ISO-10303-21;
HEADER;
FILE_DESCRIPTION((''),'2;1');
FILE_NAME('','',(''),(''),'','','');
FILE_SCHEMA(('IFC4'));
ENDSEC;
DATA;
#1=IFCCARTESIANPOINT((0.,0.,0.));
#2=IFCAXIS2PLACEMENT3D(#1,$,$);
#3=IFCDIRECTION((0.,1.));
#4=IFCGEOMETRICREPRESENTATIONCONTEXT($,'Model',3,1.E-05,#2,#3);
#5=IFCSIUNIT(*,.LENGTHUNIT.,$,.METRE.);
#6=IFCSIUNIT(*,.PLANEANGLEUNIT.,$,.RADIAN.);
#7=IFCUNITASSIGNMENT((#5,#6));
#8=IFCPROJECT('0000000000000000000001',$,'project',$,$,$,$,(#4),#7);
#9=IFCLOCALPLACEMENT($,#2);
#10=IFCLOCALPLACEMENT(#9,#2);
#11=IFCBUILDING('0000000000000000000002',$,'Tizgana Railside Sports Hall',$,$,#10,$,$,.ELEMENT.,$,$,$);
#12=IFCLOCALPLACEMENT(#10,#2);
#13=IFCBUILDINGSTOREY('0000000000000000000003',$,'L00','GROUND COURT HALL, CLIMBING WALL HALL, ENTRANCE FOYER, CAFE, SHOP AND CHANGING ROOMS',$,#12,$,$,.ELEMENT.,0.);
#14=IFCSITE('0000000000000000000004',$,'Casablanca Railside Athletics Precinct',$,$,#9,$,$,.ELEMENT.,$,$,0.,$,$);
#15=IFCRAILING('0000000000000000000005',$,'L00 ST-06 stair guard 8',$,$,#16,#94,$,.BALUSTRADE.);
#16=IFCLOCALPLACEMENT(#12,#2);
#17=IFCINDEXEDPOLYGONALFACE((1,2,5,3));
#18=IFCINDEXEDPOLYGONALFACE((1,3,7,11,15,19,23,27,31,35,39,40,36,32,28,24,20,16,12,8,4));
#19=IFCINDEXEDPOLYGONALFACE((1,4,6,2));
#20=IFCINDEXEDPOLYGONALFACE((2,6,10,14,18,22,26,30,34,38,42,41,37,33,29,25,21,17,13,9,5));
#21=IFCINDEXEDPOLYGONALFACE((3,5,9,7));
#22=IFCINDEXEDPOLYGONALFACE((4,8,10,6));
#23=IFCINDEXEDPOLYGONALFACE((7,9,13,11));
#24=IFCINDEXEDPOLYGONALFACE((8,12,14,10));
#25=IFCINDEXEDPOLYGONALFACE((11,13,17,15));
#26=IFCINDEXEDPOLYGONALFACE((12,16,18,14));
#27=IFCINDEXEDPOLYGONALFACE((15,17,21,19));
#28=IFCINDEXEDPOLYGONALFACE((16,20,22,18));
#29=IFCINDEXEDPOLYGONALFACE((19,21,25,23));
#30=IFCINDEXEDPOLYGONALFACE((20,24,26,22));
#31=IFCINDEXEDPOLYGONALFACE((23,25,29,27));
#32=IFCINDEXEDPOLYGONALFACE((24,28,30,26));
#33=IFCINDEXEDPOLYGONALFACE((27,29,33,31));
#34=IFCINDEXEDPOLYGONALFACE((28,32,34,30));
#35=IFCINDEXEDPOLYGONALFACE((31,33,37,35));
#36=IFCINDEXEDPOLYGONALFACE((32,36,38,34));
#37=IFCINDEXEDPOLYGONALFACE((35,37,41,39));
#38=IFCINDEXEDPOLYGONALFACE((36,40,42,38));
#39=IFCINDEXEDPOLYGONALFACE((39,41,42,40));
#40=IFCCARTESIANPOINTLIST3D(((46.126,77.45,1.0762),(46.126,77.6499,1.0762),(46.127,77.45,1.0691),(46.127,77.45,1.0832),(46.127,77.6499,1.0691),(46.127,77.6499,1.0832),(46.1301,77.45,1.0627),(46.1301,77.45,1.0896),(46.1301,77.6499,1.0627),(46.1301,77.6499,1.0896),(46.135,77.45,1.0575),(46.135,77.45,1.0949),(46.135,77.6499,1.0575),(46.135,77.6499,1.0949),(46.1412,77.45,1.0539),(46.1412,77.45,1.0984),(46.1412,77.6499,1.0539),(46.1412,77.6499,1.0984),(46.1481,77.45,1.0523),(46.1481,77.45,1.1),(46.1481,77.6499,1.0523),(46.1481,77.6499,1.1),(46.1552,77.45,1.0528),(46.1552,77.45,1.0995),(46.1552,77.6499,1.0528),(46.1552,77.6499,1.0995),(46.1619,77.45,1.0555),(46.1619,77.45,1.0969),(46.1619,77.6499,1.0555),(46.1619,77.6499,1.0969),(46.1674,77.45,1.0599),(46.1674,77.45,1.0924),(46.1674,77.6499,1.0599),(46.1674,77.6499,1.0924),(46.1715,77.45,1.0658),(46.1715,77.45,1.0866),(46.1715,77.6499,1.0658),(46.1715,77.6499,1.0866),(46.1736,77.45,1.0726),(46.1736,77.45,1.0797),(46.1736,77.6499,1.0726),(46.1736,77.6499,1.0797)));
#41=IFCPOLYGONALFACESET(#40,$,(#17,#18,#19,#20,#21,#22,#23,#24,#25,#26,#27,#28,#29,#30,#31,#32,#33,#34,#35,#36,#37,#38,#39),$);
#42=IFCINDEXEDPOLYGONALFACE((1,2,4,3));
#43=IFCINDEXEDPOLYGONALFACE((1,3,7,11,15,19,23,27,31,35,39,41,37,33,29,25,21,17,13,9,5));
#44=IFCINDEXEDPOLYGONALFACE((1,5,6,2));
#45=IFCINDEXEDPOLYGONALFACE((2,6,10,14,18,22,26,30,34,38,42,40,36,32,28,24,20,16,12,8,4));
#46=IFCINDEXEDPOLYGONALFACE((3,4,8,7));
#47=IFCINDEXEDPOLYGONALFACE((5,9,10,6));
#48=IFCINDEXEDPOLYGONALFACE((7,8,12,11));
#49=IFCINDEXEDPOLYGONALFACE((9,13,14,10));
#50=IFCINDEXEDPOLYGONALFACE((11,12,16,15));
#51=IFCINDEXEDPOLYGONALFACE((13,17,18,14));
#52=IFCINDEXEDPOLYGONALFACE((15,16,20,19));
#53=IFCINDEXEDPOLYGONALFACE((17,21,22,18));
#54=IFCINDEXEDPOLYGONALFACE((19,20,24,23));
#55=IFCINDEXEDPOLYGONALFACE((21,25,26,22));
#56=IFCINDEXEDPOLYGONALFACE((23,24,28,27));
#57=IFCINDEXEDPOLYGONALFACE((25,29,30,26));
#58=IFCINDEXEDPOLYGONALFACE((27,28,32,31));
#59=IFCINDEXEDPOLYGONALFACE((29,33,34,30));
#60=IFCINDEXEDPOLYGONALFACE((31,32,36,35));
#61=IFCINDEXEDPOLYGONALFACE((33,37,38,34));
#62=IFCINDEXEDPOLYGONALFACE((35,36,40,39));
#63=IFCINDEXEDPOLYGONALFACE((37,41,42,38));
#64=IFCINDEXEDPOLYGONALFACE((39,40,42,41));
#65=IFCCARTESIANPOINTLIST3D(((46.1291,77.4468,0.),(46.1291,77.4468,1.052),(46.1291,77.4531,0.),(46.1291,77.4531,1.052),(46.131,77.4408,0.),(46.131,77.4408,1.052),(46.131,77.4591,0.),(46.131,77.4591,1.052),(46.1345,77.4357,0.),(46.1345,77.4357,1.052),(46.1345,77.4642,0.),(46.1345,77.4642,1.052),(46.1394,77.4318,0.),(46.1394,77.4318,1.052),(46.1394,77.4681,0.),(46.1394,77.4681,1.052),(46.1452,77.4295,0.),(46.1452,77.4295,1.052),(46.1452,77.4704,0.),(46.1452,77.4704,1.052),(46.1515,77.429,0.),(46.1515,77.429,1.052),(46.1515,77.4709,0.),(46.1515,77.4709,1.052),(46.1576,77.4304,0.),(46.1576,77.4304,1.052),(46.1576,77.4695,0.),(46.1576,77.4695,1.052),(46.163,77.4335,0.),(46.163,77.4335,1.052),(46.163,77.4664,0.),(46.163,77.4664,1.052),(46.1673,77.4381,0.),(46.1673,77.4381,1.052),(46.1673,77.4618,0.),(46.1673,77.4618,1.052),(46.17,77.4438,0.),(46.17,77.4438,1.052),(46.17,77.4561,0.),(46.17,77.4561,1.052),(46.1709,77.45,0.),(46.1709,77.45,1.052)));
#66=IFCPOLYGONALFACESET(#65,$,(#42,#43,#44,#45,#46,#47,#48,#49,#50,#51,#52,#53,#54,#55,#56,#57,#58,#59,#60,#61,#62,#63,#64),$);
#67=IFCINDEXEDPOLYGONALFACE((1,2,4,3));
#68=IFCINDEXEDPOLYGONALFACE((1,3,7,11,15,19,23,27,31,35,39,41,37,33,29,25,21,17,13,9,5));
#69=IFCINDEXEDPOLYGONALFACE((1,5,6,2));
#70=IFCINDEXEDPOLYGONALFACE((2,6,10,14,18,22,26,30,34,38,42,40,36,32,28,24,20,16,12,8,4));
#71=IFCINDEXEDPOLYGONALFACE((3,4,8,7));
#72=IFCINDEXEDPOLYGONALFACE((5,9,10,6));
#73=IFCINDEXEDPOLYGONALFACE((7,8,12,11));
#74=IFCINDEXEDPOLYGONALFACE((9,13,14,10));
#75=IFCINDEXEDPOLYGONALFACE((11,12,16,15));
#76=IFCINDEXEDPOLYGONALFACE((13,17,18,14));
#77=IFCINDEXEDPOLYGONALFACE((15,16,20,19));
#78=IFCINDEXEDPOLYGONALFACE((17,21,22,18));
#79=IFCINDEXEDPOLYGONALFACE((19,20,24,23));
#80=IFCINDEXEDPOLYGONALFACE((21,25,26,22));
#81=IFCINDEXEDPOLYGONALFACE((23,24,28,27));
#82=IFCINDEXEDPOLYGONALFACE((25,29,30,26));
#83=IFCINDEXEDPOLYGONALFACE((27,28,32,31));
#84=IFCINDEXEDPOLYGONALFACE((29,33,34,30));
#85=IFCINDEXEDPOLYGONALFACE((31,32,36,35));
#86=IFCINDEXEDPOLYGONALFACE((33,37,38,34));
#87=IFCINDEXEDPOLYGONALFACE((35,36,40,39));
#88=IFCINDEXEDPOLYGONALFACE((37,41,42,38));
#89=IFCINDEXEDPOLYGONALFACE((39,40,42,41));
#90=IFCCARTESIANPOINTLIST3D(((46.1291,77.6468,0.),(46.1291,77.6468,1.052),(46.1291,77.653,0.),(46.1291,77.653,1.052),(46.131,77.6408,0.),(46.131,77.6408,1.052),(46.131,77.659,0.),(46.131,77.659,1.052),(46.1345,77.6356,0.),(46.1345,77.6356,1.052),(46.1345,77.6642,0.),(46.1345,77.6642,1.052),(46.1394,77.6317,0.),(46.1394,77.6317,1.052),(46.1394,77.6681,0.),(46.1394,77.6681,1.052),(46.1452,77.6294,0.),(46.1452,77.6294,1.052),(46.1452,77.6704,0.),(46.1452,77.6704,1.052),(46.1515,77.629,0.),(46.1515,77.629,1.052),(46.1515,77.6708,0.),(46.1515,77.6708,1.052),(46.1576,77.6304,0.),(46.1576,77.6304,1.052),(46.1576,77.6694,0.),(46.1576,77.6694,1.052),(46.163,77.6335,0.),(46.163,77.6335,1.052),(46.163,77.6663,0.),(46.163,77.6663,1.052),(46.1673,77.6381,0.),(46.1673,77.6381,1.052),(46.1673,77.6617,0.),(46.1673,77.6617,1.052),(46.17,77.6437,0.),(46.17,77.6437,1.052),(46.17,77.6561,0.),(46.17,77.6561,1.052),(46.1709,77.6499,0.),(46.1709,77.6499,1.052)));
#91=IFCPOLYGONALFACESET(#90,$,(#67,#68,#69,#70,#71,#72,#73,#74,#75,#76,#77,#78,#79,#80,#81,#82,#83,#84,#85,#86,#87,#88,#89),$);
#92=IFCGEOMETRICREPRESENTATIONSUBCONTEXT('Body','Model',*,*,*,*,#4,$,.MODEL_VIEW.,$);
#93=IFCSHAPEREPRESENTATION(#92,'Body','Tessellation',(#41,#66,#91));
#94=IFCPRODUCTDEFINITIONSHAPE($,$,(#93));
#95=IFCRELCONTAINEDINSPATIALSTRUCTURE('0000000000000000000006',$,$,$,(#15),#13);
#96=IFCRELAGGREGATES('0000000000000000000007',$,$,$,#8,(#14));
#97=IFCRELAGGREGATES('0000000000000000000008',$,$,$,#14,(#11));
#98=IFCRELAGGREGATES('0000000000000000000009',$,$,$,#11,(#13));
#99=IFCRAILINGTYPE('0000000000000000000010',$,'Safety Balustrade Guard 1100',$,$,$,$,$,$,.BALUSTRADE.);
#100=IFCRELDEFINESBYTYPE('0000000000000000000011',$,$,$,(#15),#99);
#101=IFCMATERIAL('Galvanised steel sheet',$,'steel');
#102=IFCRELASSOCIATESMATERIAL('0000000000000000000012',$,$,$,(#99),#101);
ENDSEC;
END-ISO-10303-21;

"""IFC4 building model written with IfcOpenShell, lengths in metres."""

from ifc_helpers import new_model, si_unit, direction, frame, origin, origin_2d, place, context, subcontext, project, spatial, circle, extrude, material, type_object, element, save


model = new_model("IFC4")

# Units and contexts
model_context = context("Model", 3, precision=1e-05, world=origin(), true_north=direction((0.0, 1.0)))
body_context = subcontext(model_context, "Body", "Model", "MODEL_VIEW")
ifc_project = project(units=[si_unit("LENGTHUNIT", "METRE"), si_unit("PLANEANGLEUNIT", "RADIAN")], contexts=[model_context])

# Site, building, storey
site_placement = place(None, origin())
site = spatial("IfcSite", under=ifc_project, at=site_placement, Name="Casablanca Railside Athletics Precinct", CompositionType="ELEMENT", RefElevation=0.0)
building_placement = place(site_placement, origin())
building = spatial("IfcBuilding", under=site, at=building_placement, Name="Tizgana Railside Sports Hall", CompositionType="ELEMENT")
storey_placement = place(building_placement, origin())
storey = spatial("IfcBuildingStorey", under=building, at=storey_placement, Name="L00", Description="GROUND COURT HALL, CLIMBING WALL HALL, ENTRANCE FOYER, CAFE, SHOP AND CHANGING ROOMS", CompositionType="ELEMENT", Elevation=0.0)

# Railing
ifc_material_1 = material(Name="Galvanised steel sheet", Category="steel")
railing_type_1 = type_object("IfcRailingType", Name="Safety Balustrade Guard 1100", PredefinedType="BALUSTRADE", material=ifc_material_1)
railing_1_placement = place(storey_placement, frame((46.1499, 77.45, 0.0)))
element("IfcRailing", 1, at=railing_1_placement, inside=storey, type_object=railing_type_1, Name="L00 ST-06 stair guard 8", PredefinedType="BALUSTRADE", context=body_context, shape_type="SweptSolid", body=[
    extrude(circle(Radius=0.0239, at=origin_2d()), frame((0.0, 0.0, 1.0762), z_axis=(0.0, 1.0, 0.0), x_axis=(-1.0, 0.0, 0.0)), (0.0, 0.0, 1.0), 0.2),
    extrude(circle(Radius=0.021, at=origin_2d()), origin(), (0.0, 0.0, 1.0), 1.052),
    extrude(circle(Radius=0.021, at=origin_2d()), frame((0.0, 0.2, 0.0)), (0.0, 0.0, 1.0), 1.052),
])

save(model, "model.ifc")
